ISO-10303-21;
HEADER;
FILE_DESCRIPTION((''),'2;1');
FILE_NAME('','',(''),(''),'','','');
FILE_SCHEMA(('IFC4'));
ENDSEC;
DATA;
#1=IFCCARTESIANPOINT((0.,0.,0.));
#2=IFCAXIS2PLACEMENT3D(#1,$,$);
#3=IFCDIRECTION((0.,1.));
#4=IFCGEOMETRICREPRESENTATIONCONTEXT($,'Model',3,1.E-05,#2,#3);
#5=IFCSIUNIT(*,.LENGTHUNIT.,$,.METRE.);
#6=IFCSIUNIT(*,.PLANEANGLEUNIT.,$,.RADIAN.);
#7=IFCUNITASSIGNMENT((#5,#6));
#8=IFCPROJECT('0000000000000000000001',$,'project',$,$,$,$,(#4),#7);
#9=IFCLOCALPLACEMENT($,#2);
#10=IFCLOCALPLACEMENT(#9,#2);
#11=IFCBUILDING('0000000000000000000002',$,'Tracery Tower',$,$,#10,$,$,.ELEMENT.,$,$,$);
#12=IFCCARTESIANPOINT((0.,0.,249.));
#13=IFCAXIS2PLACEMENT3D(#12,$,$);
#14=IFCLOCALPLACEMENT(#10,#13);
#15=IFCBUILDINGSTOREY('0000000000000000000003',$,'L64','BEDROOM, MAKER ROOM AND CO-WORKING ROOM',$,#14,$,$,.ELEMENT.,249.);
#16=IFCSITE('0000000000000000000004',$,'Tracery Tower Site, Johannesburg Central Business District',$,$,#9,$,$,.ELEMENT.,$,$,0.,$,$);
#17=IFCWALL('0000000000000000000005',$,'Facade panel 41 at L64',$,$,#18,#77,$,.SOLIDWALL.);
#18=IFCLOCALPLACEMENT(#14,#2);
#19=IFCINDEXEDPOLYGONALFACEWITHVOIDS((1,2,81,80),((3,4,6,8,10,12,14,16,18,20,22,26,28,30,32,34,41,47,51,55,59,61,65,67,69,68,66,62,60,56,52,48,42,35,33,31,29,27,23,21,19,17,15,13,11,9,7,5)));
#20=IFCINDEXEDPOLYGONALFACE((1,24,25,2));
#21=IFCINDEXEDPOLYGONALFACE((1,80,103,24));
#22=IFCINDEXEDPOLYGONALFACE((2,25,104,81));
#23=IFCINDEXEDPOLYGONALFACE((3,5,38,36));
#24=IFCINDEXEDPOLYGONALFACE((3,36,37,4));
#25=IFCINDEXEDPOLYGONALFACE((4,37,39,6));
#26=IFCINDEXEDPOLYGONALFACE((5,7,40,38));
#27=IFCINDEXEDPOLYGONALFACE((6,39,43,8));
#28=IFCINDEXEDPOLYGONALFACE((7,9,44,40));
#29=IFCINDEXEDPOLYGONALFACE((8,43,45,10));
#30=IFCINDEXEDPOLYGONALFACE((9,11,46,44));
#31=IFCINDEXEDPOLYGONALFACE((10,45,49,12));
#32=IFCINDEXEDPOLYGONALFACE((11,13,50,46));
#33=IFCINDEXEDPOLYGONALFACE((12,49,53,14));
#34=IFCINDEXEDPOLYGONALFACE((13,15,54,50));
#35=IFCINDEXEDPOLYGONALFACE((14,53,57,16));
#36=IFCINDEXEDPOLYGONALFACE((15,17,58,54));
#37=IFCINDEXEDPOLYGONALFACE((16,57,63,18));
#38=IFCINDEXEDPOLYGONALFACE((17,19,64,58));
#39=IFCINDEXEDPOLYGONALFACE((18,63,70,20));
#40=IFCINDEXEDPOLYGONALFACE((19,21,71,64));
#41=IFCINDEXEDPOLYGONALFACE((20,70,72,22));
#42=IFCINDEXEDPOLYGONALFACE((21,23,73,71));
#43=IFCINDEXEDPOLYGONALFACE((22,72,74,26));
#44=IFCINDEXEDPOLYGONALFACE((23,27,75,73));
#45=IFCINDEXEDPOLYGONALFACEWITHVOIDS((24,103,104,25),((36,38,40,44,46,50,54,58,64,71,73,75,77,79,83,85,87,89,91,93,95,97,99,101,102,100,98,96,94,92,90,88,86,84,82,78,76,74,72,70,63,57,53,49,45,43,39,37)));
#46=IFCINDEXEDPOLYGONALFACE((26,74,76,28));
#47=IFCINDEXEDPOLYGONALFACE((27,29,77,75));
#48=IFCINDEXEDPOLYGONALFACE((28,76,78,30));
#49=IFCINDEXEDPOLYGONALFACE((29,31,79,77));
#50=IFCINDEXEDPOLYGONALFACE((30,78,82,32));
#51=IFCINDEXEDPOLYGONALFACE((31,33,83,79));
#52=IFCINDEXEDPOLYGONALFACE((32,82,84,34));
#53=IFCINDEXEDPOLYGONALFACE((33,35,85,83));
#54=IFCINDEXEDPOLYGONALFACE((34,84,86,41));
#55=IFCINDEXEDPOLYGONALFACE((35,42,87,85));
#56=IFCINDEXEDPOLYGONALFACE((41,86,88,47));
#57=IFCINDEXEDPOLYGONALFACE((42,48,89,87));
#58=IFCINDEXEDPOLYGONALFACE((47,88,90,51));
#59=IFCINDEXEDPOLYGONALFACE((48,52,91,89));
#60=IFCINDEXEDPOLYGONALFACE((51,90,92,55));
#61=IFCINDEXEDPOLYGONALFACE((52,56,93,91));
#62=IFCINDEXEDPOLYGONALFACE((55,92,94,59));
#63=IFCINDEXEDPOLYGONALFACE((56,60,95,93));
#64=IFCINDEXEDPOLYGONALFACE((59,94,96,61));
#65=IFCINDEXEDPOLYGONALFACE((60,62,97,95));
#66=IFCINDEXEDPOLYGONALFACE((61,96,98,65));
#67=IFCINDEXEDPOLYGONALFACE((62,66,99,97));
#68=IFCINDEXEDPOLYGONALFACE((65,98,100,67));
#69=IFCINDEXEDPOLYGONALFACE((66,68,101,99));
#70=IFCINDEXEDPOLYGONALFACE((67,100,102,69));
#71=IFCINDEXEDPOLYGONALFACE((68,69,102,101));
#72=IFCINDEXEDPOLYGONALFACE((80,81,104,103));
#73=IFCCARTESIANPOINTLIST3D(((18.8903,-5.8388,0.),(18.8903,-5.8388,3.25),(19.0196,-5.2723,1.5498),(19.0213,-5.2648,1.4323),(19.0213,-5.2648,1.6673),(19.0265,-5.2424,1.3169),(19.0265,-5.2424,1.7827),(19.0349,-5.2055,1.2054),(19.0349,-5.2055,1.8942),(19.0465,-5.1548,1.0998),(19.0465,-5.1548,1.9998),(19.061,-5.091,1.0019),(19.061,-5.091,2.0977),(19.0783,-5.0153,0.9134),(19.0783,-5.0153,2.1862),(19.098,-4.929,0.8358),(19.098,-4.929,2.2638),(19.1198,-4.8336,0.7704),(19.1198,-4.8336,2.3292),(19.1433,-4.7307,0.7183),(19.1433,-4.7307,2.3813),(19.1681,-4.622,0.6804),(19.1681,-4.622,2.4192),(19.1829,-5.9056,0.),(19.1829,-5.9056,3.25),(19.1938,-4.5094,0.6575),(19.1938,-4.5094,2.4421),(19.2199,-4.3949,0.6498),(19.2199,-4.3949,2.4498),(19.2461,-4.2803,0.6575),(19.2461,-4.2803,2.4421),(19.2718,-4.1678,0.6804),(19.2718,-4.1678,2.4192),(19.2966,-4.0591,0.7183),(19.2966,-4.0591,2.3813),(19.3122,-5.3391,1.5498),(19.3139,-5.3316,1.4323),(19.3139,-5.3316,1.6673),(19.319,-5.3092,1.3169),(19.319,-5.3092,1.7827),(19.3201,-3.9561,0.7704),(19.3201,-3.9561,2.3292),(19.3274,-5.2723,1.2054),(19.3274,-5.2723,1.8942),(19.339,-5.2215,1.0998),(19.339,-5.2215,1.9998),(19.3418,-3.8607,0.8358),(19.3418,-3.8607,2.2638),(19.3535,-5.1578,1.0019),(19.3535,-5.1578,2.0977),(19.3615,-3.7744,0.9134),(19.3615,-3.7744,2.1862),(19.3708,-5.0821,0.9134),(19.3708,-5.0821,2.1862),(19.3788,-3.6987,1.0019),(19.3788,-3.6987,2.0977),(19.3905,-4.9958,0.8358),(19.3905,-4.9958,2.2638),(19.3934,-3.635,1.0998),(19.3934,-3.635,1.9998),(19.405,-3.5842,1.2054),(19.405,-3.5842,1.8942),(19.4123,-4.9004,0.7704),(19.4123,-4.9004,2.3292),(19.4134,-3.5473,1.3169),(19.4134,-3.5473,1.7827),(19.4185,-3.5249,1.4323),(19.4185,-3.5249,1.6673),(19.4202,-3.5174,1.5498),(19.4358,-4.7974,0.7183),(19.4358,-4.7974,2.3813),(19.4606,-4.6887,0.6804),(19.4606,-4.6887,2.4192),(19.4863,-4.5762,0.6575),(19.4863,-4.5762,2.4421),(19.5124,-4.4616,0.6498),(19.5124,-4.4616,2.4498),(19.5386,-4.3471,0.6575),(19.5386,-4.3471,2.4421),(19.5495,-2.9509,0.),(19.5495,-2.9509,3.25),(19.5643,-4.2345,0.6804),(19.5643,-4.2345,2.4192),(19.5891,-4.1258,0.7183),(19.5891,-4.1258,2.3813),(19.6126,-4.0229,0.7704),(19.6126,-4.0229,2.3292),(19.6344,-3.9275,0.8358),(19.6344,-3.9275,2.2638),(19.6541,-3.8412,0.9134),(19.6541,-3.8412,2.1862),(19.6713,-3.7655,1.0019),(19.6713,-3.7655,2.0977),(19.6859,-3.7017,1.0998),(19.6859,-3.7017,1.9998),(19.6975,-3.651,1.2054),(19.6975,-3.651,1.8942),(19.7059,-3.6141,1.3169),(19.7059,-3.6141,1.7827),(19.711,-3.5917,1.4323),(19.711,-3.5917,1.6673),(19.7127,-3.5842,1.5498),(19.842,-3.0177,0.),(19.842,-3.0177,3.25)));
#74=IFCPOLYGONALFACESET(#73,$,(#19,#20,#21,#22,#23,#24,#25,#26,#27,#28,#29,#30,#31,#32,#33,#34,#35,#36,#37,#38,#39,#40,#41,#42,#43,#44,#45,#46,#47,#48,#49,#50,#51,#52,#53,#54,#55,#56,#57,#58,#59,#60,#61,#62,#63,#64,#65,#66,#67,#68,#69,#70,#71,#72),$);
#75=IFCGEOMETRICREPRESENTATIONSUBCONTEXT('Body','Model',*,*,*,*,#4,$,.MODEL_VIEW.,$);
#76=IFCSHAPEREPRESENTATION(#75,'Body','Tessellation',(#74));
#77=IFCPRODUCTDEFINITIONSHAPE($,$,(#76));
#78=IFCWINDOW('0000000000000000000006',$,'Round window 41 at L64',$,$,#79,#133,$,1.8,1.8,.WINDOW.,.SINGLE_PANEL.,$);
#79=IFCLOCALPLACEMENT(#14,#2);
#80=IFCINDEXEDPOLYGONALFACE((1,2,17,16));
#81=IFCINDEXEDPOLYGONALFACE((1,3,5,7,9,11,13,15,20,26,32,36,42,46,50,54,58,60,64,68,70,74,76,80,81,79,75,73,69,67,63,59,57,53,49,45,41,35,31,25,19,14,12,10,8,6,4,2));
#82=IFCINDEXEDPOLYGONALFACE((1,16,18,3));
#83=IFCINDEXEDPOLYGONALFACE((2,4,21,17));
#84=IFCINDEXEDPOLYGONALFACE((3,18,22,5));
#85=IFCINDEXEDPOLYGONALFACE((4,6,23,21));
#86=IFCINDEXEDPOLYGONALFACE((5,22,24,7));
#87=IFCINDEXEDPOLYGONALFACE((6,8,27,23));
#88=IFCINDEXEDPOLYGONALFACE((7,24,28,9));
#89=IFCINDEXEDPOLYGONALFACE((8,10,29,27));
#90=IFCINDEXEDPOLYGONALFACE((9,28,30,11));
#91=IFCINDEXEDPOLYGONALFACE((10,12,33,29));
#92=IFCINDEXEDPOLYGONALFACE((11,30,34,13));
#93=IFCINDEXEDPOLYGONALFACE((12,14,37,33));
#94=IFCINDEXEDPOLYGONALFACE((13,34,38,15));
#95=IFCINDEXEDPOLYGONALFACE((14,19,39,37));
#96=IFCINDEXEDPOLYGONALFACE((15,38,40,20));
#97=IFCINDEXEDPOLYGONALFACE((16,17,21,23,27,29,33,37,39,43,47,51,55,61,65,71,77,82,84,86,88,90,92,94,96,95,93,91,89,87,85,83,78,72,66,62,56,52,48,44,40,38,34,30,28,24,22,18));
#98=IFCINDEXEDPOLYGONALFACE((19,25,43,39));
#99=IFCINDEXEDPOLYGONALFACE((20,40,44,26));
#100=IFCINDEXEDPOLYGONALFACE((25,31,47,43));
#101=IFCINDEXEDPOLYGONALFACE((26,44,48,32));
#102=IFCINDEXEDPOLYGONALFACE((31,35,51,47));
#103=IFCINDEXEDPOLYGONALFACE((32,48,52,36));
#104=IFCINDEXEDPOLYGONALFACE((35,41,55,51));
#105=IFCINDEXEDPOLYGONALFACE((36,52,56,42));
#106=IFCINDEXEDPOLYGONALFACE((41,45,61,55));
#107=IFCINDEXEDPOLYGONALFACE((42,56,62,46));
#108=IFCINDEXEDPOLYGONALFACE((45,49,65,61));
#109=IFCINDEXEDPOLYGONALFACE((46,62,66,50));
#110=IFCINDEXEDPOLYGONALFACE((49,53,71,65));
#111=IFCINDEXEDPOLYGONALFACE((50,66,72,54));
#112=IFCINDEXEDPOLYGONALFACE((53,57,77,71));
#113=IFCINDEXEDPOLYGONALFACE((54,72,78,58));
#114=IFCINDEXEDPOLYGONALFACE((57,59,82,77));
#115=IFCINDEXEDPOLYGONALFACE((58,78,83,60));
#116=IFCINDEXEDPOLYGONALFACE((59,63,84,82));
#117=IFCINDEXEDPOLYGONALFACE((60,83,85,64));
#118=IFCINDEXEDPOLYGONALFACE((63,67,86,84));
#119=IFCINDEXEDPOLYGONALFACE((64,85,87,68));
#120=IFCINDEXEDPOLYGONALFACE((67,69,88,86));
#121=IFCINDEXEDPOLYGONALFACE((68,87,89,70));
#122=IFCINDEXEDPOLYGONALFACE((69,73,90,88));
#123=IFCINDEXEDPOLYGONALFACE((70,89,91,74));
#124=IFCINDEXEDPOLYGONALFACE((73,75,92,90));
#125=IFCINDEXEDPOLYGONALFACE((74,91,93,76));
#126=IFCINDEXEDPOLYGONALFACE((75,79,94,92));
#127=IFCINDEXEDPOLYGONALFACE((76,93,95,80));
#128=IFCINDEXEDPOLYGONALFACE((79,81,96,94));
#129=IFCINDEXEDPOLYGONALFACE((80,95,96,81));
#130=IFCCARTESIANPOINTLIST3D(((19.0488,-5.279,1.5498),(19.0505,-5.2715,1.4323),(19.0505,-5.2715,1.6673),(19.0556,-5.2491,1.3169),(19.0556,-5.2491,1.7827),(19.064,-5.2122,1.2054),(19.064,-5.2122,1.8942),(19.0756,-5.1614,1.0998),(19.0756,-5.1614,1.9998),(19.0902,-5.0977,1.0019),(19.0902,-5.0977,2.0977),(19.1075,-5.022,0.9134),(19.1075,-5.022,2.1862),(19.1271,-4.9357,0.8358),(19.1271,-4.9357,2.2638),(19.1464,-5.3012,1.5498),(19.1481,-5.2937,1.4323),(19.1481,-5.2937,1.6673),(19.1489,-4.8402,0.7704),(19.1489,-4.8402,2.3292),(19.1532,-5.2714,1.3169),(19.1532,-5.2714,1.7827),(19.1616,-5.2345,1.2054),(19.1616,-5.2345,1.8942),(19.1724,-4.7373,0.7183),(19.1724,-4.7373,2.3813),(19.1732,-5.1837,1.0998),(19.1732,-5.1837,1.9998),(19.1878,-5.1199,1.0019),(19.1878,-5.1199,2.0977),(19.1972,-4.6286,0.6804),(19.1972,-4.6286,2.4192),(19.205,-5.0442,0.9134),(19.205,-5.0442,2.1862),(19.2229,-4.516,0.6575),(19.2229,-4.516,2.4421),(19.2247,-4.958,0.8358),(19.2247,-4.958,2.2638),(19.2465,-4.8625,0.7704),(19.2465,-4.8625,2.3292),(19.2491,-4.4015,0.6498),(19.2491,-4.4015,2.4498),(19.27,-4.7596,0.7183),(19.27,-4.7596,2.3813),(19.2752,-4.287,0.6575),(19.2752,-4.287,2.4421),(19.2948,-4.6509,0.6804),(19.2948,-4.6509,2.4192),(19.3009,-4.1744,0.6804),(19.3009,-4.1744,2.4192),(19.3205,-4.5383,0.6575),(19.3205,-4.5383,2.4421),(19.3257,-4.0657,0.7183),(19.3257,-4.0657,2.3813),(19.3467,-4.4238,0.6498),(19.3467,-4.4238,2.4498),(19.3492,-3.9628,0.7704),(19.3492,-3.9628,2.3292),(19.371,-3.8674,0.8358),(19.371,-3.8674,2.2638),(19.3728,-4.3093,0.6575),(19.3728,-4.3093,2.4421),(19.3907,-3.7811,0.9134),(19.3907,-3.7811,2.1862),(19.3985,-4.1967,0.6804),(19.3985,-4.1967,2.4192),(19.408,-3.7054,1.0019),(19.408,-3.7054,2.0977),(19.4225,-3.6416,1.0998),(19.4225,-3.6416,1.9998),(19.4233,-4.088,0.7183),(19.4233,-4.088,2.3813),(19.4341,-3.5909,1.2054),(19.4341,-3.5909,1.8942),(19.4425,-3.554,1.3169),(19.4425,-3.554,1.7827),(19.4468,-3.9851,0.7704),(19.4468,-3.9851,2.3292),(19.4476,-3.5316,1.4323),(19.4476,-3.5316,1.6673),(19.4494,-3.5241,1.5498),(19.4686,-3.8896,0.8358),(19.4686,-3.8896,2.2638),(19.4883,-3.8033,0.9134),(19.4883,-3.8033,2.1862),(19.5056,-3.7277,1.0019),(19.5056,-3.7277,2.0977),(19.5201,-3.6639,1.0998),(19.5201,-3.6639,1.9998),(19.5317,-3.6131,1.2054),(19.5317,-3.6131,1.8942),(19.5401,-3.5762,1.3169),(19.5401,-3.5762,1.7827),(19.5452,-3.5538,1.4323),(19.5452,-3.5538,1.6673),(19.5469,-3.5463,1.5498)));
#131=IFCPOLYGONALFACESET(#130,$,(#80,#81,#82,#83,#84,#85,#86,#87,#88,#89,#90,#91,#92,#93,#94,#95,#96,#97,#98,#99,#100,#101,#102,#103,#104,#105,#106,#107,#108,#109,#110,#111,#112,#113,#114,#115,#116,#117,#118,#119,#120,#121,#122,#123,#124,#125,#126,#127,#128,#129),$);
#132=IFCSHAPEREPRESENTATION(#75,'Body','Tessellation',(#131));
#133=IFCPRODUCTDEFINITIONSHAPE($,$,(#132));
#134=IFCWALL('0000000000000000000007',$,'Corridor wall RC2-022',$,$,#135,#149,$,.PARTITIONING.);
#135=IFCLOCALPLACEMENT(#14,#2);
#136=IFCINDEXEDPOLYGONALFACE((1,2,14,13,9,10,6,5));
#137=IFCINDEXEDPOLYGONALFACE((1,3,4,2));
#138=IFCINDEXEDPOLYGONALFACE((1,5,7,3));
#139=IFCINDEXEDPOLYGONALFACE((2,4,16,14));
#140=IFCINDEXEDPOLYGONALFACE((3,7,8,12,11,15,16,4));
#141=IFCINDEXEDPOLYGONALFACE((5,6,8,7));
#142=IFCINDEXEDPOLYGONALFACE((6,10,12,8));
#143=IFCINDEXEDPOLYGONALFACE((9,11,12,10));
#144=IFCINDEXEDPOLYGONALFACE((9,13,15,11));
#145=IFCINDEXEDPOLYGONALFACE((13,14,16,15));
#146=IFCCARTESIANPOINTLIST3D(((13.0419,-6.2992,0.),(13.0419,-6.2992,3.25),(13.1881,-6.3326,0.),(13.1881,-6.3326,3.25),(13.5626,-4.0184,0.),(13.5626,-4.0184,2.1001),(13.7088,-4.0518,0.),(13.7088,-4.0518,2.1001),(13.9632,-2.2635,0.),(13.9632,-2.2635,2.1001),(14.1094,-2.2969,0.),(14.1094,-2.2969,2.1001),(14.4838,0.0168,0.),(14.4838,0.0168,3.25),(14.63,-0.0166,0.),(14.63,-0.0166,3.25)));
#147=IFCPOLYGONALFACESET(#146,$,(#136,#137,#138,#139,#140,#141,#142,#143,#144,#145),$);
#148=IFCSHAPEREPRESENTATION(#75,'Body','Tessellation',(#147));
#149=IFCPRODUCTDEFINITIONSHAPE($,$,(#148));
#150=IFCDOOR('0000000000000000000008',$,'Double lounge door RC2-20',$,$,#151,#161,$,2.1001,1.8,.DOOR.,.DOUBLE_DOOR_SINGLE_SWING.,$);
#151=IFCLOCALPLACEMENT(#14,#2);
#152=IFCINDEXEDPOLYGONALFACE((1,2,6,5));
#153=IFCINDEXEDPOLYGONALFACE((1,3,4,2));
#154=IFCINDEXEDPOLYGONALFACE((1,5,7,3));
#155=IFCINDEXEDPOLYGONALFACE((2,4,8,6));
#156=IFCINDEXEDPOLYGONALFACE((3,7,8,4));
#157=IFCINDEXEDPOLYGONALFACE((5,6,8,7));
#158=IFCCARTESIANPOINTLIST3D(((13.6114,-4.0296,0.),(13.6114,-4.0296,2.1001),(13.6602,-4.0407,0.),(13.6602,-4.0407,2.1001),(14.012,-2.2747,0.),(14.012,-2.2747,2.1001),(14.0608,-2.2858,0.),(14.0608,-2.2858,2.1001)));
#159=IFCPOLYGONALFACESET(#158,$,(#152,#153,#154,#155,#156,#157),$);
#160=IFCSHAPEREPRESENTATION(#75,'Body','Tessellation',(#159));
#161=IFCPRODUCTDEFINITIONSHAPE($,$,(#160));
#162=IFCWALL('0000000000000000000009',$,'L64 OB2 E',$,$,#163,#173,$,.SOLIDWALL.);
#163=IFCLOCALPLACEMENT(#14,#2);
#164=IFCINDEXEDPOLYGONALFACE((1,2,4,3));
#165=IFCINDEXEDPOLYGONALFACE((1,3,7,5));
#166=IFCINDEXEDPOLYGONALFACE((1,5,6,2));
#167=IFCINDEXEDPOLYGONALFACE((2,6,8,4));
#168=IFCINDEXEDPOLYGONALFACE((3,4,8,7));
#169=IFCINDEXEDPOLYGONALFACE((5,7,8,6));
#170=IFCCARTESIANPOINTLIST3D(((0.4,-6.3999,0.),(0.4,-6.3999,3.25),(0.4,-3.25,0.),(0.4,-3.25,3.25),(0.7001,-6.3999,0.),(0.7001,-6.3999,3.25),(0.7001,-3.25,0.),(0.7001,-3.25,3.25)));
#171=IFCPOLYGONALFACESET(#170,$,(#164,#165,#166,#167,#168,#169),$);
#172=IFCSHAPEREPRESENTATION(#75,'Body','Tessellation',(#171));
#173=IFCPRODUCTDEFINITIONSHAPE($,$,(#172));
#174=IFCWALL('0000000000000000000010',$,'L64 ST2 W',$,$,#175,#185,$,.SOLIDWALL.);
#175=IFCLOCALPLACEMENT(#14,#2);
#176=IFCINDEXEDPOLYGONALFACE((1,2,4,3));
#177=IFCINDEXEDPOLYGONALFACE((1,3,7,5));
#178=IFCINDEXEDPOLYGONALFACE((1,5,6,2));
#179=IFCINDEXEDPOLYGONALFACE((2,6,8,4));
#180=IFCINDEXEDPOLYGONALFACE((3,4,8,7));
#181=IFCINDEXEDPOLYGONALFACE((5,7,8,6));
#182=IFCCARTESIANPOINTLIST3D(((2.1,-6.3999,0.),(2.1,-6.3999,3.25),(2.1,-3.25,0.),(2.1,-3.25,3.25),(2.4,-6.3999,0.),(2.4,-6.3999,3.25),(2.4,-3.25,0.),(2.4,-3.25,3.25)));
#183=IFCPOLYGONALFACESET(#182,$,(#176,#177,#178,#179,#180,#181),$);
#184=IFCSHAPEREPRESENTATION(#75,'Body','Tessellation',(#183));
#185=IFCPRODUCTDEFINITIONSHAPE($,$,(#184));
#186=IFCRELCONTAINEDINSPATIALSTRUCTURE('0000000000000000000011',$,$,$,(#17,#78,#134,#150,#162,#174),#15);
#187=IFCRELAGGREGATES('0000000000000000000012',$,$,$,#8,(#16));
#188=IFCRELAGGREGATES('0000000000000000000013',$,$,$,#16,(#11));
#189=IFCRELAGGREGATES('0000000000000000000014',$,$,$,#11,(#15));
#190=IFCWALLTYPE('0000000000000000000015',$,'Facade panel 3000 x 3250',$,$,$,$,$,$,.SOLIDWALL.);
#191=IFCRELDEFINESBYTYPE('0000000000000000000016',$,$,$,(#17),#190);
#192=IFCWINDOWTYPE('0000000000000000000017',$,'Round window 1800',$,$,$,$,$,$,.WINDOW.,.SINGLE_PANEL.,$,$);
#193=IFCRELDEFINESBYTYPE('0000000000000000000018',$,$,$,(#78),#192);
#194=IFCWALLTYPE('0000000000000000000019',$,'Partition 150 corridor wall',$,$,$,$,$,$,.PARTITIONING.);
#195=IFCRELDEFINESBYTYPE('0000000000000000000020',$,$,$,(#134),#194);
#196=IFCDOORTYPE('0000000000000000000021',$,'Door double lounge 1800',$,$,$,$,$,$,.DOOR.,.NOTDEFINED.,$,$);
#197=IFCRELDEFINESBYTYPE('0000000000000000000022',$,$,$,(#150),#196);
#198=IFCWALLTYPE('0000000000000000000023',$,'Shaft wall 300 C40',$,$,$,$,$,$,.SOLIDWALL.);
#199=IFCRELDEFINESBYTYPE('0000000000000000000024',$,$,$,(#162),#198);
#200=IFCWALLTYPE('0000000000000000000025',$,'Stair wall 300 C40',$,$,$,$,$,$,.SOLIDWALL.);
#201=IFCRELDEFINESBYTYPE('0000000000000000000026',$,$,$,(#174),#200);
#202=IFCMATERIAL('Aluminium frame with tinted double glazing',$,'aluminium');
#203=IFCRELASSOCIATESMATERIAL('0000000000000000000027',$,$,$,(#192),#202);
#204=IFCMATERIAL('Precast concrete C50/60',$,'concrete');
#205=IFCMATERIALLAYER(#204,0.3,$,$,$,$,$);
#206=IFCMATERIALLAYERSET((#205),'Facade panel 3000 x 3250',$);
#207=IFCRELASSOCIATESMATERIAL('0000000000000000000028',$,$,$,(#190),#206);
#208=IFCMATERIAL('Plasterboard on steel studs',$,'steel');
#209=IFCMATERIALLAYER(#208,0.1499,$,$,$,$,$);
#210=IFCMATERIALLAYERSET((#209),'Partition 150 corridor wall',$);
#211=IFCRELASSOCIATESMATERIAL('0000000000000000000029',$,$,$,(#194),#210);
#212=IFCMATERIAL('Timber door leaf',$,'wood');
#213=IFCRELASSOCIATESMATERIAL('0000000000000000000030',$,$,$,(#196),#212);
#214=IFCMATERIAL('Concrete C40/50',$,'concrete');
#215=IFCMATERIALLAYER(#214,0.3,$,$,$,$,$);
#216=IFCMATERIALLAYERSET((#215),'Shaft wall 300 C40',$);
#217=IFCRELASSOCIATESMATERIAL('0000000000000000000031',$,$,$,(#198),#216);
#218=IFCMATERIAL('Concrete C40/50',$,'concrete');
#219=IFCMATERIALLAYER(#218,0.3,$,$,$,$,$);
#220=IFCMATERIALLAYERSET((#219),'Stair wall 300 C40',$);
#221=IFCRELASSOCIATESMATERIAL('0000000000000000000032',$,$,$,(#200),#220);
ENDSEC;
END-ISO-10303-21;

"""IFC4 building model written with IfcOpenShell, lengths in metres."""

from ifc_helpers import new_model, si_unit, direction, frame, frame_2d, origin, origin_2d, place, context, subcontext, project, spatial, rectangle, circle, extrude, material, layer, layer_set, type_object, element, fill, save


model = new_model("IFC4")

# Units and contexts
model_context = context("Model", 3, precision=1e-05, world=origin(), true_north=direction((0.0, 1.0)))
body_context = subcontext(model_context, "Body", "Model", "MODEL_VIEW")
ifc_project = project(units=[si_unit("LENGTHUNIT", "METRE"), si_unit("PLANEANGLEUNIT", "RADIAN")], contexts=[model_context])

# Site, building, storey
site_placement = place(None, origin())
site = spatial("IfcSite", under=ifc_project, at=site_placement, Name="Tracery Tower Site, Johannesburg Central Business District", CompositionType="ELEMENT", RefElevation=0.0)
building_placement = place(site_placement, origin())
building = spatial("IfcBuilding", under=site, at=building_placement, Name="Tracery Tower", CompositionType="ELEMENT")
storey_placement = place(building_placement, frame((0.0, 0.0, 249.0)))
storey = spatial("IfcBuildingStorey", under=building, at=storey_placement, Name="L64", Description="BEDROOM, MAKER ROOM AND CO-WORKING ROOM", CompositionType="ELEMENT", Elevation=249.0)

# Wall, opening, window
ifc_material_1 = material(Name="Aluminium frame with tinted double glazing", Category="aluminium")
window_type = type_object("IfcWindowType", Name="Round window 1800", PartitioningType="SINGLE_PANEL", PredefinedType="WINDOW", material=ifc_material_1)
ifc_material_2 = material(Name="Precast concrete C50/60", Category="concrete")
ifc_layer_1 = layer(ifc_material_2, 0.3)
ifc_layer_set_1 = layer_set([ifc_layer_1], Name="Facade panel 3000 x 3250")
wall_type_1 = type_object("IfcWallType", Name="Facade panel 3000 x 3250", PredefinedType="SOLIDWALL", material=ifc_layer_set_1)
wall_1_placement = place(storey_placement, frame((19.0366, -5.8721, 0.0), z_axis=(0.0, 0.0, 1.0), x_axis=(0.222529, 0.974926, 0.0)))
wall_1 = element("IfcWall", 1, at=wall_1_placement, inside=storey, type_object=wall_type_1, Name="Facade panel 41 at L64", PredefinedType="SOLIDWALL", context=body_context, shape_type="SweptSolid", body=[
    extrude(rectangle(XDim=2.9622, YDim=0.3, at=frame_2d((1.481, 0.0))), origin(), (0.0, 0.0, 1.0), 3.25),
])
opening_1_placement = place(wall_1_placement, frame((1.481, 0.0, 1.5498)))
opening_1 = element("IfcOpeningElement", 2, at=opening_1_placement, cuts=wall_1, PredefinedType="OPENING", context=body_context, shape_type="SweptSolid", body=[
    extrude(circle(Radius=0.9, at=origin_2d()), frame((0.0, 0.1599, 0.0), z_axis=(0.0, -1.0, 0.0), x_axis=(1.0, 0.0, 0.0)), (0.0, 0.0, 1.0), 0.3201),
])
window_1_placement = place(opening_1_placement, origin())
window_1 = element("IfcWindow", 3, at=window_1_placement, inside=storey, type_object=window_type, Name="Round window 41 at L64", OverallHeight=1.8, OverallWidth=1.8, PartitioningType="SINGLE_PANEL", PredefinedType="WINDOW", context=body_context, shape_type="SweptSolid", body=[
    extrude(circle(Radius=0.9, at=origin_2d()), frame((0.0, 0.1201, 0.0), z_axis=(0.0, -1.0, 0.0), x_axis=(1.0, 0.0, 0.0)), (0.0, 0.0, 1.0), 0.1001),
])
fill(opening_1, window_1)

# Wall, opening, door
ifc_material_3 = material(Name="Plasterboard on steel studs", Category="steel")
ifc_layer_2 = layer(ifc_material_3, 0.1499)
ifc_layer_set_2 = layer_set([ifc_layer_2], Name="Partition 150 corridor wall")
wall_type_2 = type_object("IfcWallType", Name="Partition 150 corridor wall", PredefinedType="PARTITIONING", material=ifc_layer_set_2)
wall_2_placement = place(storey_placement, frame((13.115, -6.3159, 0.0), z_axis=(0.0, 0.0, 1.0), x_axis=(0.222569, 0.974917, 0.0)))
wall_2 = element("IfcWall", 4, at=wall_2_placement, inside=storey, type_object=wall_type_2, Name="Corridor wall RC2-022", PredefinedType="PARTITIONING", context=body_context, shape_type="SweptSolid", body=[
    extrude(rectangle(XDim=6.4785, YDim=0.1499, at=frame_2d((3.2393, 0.0))), origin(), (0.0, 0.0, 1.0), 3.25),
])
opening_2_placement = place(wall_2_placement, frame((2.3396, 0.0, 0.0)))
opening_2 = element("IfcOpeningElement", 5, at=opening_2_placement, cuts=wall_2, PredefinedType="OPENING", context=body_context, shape_type="SweptSolid", body=[
    extrude(rectangle(XDim=1.8, YDim=2.1001, at=frame_2d((0.8999, 1.05))), frame((0.0, 0.075, 0.0), z_axis=(0.0, -1.0, 0.0), x_axis=(1.0, 0.0, 0.0)), (0.0, 0.0, 1.0), 0.1499),
])
ifc_material_4 = material(Name="Timber door leaf", Category="wood")
door_type_1 = type_object("IfcDoorType", Name="Door double lounge 1800", OperationType="NOTDEFINED", PredefinedType="DOOR", material=ifc_material_4)
door_1_placement = place(opening_2_placement, origin())
door_1 = element("IfcDoor", 6, at=door_1_placement, inside=storey, type_object=door_type_1, Name="Double lounge door RC2-20", OperationType="DOUBLE_DOOR_SINGLE_SWING", OverallHeight=2.1001, OverallWidth=1.8, PredefinedType="DOOR", context=body_context, shape_type="SweptSolid", body=[
    extrude(rectangle(XDim=1.8, YDim=2.1001, at=frame_2d((0.8999, 1.05))), frame((0.0, 0.0249, 0.0), z_axis=(0.0, -1.0, 0.0), x_axis=(1.0, 0.0, 0.0)), (0.0, 0.0, 1.0), 0.05),
])
fill(opening_2, door_1)

# Wall
ifc_material_5 = material(Name="Concrete C40/50", Category="concrete")
ifc_layer_3 = layer(ifc_material_5, 0.3)
ifc_layer_set_3 = layer_set([ifc_layer_3], Name="Shaft wall 300 C40")
wall_type_3 = type_object("IfcWallType", Name="Shaft wall 300 C40", PredefinedType="SOLIDWALL", material=ifc_layer_set_3)
wall_3_placement = place(storey_placement, frame((0.55, -6.3999, 0.0), z_axis=(0.0, 0.0, 1.0), x_axis=(0.0, 1.0, 0.0)))
element("IfcWall", 7, at=wall_3_placement, inside=storey, type_object=wall_type_3, Name="L64 OB2 E", PredefinedType="SOLIDWALL", context=body_context, shape_type="SweptSolid", body=[
    extrude(rectangle(XDim=3.1499, YDim=0.3, at=frame_2d((1.575, 0.0))), origin(), (0.0, 0.0, 1.0), 3.25),
])

# Shared definitions
ifc_material_6 = material(Name="Concrete C40/50", Category="concrete")
ifc_layer_4 = layer(ifc_material_6, 0.3)
ifc_layer_set_4 = layer_set([ifc_layer_4], Name="Stair wall 300 C40")
wall_type_4 = type_object("IfcWallType", Name="Stair wall 300 C40", PredefinedType="SOLIDWALL", material=ifc_layer_set_4)

# Wall
wall_4_placement = place(storey_placement, frame((2.25, -6.3999, 0.0), z_axis=(0.0, 0.0, 1.0), x_axis=(0.0, 1.0, 0.0)))
element("IfcWall", 8, at=wall_4_placement, inside=storey, type_object=wall_type_4, Name="L64 ST2 W", PredefinedType="SOLIDWALL", context=body_context, shape_type="SweptSolid", body=[
    extrude(rectangle(XDim=3.1499, YDim=0.3, at=frame_2d((1.575, 0.0))), origin(), (0.0, 0.0, 1.0), 3.25),
])

save(model, "model.ifc")
